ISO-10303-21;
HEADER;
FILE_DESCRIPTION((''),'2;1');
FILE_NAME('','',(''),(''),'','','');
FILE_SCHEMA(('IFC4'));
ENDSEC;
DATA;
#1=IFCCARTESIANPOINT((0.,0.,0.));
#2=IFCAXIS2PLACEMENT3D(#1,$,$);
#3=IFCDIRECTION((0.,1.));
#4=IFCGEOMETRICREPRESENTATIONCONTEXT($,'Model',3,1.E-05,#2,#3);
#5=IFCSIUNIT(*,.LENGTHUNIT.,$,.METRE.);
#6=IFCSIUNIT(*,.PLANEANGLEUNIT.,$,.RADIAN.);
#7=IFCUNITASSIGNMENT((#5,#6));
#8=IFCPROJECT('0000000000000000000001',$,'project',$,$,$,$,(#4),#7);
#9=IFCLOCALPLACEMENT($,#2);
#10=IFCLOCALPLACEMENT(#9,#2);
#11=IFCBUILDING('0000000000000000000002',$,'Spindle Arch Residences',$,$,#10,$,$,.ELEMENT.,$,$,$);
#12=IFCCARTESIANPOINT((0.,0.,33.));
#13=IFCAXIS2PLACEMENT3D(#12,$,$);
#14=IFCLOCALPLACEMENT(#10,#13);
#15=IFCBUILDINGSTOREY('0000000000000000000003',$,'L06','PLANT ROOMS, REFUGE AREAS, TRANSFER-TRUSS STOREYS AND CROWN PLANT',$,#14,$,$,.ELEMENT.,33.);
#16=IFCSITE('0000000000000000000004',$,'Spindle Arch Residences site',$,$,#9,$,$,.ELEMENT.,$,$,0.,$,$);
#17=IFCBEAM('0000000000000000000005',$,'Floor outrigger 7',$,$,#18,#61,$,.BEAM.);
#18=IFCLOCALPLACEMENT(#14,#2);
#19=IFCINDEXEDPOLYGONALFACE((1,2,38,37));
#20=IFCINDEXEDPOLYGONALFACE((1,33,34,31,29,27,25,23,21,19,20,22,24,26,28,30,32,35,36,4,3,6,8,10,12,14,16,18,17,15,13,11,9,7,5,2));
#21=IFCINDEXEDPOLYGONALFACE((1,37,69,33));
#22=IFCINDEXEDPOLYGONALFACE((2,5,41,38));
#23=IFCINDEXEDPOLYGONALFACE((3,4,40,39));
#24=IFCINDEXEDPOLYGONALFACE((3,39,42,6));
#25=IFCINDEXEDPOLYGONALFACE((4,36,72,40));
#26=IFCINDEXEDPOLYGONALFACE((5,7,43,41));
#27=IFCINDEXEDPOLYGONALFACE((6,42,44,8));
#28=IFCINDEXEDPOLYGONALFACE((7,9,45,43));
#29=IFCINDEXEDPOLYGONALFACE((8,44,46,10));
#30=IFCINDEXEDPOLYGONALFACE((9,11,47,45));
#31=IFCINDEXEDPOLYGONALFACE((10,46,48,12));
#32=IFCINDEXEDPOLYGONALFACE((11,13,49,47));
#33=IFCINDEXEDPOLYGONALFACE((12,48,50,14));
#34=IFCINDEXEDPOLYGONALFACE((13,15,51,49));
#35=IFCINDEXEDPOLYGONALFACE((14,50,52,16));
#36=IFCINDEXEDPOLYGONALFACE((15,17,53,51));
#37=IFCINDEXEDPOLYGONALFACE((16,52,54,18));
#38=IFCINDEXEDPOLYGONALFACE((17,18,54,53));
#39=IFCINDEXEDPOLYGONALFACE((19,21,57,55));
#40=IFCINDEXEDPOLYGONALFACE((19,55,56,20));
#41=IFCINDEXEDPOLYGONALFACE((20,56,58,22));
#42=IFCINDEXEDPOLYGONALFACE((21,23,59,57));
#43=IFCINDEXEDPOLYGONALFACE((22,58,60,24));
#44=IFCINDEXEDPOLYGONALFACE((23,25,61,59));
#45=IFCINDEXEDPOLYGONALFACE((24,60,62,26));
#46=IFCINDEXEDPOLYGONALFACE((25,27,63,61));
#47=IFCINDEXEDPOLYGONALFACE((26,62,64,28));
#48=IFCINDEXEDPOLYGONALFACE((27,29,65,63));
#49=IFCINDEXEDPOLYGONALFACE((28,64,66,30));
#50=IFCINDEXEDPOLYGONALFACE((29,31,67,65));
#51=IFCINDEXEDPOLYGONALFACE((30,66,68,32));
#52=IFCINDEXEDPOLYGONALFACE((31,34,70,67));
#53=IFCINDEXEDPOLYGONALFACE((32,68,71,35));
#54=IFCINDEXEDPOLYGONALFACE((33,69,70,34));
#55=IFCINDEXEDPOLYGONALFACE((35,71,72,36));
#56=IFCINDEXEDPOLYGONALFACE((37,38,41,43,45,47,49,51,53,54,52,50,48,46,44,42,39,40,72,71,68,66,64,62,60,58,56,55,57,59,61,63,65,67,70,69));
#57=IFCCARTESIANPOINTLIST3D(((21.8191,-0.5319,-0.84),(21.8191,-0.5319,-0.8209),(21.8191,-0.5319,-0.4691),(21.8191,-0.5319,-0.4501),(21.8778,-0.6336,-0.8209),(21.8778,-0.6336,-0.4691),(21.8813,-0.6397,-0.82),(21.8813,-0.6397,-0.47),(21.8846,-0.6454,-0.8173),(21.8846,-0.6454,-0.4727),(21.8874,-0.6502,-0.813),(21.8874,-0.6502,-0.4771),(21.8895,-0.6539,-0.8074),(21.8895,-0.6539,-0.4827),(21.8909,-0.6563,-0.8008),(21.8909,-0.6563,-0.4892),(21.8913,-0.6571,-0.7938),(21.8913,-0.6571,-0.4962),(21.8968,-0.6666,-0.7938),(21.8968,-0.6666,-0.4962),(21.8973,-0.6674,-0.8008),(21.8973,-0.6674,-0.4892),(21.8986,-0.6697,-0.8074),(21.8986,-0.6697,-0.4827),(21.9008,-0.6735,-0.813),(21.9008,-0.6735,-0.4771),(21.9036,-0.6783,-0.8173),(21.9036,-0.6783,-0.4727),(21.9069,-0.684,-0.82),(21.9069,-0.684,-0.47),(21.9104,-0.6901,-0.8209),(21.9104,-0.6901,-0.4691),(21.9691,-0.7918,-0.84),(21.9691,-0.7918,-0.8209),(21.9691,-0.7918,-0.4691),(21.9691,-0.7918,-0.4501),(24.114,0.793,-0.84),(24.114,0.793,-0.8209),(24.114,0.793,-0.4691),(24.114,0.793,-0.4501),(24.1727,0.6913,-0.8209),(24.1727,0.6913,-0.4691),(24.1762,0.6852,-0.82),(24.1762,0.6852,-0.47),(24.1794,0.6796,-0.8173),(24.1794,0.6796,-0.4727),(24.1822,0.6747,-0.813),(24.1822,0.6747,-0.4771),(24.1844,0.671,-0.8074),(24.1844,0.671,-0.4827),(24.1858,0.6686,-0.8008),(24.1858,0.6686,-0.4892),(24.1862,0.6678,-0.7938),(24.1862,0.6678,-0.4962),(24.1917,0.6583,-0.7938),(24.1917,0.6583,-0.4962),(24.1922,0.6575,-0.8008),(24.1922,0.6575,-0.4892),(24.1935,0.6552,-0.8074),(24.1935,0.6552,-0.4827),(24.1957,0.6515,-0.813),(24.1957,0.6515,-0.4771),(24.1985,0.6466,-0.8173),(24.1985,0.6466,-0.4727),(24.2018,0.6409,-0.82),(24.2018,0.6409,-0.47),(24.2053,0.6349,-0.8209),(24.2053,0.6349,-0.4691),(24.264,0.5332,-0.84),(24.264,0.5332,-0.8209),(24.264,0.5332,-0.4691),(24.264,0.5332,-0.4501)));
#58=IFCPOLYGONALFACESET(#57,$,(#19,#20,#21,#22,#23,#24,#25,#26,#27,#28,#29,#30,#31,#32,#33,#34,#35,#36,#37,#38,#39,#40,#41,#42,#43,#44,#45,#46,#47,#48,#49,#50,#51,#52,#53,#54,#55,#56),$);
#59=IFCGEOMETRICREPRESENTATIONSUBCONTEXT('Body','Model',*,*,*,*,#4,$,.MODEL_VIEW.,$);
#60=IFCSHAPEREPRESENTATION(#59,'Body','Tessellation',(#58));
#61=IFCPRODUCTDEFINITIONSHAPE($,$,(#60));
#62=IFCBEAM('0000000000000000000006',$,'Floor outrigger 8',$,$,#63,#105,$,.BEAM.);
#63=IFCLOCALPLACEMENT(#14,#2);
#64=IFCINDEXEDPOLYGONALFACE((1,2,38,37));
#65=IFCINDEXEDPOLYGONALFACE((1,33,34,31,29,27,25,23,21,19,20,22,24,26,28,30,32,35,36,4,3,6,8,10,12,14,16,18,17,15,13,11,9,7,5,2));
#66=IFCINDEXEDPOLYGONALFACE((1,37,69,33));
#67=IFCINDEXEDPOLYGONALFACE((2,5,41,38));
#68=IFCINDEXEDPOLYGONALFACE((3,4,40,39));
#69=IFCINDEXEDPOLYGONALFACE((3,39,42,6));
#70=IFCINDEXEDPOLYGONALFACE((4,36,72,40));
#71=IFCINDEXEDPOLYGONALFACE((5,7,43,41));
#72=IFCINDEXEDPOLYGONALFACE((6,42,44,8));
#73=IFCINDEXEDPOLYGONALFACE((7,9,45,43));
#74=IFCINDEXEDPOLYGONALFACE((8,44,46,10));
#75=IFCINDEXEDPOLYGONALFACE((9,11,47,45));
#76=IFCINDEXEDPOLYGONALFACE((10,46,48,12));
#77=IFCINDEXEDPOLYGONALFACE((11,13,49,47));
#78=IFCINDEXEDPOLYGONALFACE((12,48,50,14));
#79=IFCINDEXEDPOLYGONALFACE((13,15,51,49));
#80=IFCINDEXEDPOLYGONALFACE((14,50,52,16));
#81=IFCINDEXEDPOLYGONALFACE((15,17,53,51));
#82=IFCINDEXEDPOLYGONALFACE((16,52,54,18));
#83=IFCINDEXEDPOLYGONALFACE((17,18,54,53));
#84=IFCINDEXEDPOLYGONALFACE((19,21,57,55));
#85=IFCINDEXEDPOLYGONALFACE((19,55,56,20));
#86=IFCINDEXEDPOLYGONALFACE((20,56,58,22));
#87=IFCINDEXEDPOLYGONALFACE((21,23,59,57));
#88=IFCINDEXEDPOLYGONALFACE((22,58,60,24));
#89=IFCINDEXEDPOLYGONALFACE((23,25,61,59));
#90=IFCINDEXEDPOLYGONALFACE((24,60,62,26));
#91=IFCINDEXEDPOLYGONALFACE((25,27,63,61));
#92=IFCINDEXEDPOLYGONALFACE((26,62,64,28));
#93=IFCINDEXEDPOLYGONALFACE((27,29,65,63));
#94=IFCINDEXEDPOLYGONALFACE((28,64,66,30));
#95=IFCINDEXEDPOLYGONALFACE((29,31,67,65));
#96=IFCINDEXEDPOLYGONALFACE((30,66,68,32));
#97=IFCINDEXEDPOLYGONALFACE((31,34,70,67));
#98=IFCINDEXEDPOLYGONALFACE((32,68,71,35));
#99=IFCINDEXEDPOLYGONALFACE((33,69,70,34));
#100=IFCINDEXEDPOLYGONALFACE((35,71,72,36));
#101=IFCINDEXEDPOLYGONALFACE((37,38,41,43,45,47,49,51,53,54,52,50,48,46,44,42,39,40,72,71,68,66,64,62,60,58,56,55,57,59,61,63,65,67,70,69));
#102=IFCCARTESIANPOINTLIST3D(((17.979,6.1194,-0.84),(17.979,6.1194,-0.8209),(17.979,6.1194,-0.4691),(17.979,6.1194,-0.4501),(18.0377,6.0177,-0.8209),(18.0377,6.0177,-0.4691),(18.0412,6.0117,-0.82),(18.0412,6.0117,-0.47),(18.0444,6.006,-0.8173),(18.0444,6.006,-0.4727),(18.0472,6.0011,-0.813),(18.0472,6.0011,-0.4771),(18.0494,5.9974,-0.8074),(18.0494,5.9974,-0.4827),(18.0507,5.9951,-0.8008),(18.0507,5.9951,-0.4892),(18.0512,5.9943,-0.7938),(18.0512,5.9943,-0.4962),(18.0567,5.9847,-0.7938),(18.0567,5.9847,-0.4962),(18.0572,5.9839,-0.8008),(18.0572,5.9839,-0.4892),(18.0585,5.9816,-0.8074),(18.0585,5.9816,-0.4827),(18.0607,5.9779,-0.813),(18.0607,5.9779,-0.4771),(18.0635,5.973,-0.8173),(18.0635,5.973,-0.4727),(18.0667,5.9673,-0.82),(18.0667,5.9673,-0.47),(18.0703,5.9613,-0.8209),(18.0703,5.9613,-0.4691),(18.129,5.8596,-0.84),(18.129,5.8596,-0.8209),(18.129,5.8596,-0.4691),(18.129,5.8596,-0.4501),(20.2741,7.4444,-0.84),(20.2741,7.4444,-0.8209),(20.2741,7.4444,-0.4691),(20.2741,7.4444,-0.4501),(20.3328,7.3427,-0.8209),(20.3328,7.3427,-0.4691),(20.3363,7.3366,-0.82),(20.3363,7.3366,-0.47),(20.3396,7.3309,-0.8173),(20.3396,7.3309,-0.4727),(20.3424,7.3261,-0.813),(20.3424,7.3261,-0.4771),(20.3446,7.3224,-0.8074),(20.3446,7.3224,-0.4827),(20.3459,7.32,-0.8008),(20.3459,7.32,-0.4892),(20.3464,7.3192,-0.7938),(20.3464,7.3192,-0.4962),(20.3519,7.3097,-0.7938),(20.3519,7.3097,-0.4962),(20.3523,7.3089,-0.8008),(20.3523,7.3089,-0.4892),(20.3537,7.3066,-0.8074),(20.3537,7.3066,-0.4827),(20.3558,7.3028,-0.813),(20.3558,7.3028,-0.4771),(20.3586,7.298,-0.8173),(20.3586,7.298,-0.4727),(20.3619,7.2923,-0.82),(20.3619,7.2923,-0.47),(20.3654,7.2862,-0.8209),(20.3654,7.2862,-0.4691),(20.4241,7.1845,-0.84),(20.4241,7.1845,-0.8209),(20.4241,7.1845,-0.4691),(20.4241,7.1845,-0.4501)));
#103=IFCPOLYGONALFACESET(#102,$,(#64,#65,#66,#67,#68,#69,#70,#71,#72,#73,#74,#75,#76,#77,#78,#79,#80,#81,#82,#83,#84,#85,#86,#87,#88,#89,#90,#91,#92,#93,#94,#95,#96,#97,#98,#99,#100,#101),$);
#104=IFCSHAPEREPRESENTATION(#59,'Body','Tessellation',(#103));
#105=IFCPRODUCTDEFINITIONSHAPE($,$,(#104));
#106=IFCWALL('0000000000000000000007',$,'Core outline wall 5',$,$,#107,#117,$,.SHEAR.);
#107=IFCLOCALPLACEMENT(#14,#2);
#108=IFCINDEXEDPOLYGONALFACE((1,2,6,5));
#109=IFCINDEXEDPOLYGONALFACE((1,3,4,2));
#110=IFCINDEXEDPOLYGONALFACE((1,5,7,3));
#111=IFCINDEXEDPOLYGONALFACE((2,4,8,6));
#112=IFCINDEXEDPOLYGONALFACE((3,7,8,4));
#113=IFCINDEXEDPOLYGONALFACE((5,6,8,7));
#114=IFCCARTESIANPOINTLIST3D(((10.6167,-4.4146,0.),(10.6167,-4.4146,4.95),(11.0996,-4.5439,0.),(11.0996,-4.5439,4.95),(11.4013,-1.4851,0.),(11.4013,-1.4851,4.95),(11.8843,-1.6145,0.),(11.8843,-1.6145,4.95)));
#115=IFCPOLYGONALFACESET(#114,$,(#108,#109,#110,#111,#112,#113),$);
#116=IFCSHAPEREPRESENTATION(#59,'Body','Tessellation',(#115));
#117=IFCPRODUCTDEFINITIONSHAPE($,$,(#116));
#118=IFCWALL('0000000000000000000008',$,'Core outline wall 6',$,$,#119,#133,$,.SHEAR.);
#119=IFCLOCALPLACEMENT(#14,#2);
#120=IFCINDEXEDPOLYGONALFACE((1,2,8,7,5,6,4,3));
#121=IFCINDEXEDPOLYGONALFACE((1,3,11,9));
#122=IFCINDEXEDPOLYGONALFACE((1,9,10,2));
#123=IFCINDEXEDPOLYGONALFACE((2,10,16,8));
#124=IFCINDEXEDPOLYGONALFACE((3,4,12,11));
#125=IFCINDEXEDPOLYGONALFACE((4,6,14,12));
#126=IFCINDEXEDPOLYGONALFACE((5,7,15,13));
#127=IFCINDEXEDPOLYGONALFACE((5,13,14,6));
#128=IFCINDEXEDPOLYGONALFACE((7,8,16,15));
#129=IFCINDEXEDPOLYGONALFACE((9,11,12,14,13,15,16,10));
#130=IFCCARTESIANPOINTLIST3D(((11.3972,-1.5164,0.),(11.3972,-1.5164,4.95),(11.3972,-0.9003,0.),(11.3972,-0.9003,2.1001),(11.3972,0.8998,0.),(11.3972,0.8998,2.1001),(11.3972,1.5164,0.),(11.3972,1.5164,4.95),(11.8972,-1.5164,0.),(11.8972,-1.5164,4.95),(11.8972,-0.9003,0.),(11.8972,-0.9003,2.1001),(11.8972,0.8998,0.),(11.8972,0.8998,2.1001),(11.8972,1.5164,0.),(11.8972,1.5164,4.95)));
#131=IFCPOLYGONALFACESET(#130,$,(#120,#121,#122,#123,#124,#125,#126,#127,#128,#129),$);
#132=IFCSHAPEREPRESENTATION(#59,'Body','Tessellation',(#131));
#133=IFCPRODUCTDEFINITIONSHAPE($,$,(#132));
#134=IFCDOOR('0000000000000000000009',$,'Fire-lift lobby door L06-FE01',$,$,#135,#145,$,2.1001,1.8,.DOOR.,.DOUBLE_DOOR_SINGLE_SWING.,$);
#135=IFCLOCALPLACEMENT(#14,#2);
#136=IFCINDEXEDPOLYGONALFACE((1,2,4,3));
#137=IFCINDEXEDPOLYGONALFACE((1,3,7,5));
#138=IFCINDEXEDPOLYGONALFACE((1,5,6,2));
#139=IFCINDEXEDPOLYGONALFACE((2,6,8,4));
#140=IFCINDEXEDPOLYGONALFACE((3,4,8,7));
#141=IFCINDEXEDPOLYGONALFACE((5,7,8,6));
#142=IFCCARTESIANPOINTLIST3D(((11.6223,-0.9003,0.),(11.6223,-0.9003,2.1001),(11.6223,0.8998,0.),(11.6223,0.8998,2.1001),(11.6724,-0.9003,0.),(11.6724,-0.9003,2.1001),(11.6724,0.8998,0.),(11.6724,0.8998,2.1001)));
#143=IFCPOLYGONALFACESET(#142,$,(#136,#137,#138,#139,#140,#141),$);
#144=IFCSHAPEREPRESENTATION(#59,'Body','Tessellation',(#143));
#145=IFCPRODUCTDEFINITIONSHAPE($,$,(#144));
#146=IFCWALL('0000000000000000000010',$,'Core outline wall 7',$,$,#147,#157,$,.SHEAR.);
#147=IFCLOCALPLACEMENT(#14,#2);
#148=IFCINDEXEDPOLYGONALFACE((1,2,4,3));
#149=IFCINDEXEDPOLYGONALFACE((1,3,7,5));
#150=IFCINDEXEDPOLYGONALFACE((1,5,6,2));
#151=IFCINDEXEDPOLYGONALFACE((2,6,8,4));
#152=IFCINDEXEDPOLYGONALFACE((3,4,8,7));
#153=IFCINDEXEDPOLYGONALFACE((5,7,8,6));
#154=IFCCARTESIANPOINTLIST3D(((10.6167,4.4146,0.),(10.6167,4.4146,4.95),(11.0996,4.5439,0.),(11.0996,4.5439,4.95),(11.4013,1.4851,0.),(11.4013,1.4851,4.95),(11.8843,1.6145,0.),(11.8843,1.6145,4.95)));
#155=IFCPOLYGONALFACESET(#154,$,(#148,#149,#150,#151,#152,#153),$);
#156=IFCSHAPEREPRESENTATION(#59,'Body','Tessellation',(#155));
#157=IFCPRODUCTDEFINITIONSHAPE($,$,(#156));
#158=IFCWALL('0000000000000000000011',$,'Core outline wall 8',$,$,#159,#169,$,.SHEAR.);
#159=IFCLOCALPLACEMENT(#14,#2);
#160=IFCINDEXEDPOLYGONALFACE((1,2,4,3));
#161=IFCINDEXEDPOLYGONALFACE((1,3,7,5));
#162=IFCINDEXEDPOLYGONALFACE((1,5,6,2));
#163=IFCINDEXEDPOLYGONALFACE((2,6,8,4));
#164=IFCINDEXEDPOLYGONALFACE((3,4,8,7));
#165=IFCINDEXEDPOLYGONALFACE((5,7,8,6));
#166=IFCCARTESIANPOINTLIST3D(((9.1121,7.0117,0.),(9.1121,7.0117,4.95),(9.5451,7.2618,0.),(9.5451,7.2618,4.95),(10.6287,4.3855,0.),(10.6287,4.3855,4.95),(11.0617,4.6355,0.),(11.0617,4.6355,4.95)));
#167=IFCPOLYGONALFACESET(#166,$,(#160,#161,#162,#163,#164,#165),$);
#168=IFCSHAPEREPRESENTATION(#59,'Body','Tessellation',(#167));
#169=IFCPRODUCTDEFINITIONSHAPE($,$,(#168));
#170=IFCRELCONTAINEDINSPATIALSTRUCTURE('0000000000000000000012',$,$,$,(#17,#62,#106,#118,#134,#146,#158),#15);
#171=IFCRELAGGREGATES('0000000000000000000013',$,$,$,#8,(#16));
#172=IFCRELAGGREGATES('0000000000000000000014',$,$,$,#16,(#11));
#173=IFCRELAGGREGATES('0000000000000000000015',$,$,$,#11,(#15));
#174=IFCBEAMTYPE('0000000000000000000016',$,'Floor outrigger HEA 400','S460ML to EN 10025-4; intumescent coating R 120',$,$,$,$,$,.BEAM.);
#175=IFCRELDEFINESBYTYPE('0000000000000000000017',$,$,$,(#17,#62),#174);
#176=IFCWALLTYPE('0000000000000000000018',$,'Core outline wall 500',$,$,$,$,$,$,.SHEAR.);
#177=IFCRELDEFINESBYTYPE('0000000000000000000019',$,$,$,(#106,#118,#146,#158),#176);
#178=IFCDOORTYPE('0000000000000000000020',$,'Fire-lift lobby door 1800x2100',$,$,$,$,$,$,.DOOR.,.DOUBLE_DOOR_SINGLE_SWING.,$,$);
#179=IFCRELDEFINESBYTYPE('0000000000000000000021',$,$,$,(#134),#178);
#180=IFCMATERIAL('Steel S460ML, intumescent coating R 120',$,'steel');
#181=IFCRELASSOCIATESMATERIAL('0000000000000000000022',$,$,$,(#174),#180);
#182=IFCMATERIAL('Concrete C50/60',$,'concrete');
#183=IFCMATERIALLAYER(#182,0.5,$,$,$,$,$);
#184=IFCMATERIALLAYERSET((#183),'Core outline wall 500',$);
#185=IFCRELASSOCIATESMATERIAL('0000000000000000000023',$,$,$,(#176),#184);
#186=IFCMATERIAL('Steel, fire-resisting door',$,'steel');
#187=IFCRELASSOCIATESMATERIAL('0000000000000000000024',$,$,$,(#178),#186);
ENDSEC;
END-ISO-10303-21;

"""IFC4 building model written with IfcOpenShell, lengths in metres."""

from ifc_helpers import new_model, si_unit, direction, frame, frame_2d, origin, origin_2d, place, context, subcontext, project, spatial, rectangle, i_section, extrude, material, layer, layer_set, material_profile, profile_set, type_object, element, fill, save


model = new_model("IFC4")

# Units and contexts
model_context = context("Model", 3, precision=1e-05, world=origin(), true_north=direction((0.0, 1.0)))
body_context = subcontext(model_context, "Body", "Model", "MODEL_VIEW")
ifc_project = project(units=[si_unit("LENGTHUNIT", "METRE"), si_unit("PLANEANGLEUNIT", "RADIAN")], contexts=[model_context])

# Site, building, storey
site_placement = place(None, origin())
site = spatial("IfcSite", under=ifc_project, at=site_placement, Name="Spindle Arch Residences site", CompositionType="ELEMENT", RefElevation=0.0)
building_placement = place(site_placement, origin())
building = spatial("IfcBuilding", under=site, at=building_placement, Name="Spindle Arch Residences", CompositionType="ELEMENT")
storey_placement = place(building_placement, frame((0.0, 0.0, 33.0)))
storey = spatial("IfcBuildingStorey", under=building, at=storey_placement, Name="L06", Description="PLANT ROOMS, REFUGE AREAS, TRANSFER-TRUSS STOREYS AND CROWN PLANT", CompositionType="ELEMENT", Elevation=33.0)

# Beams
ifc_material_1 = material(Name="Steel S460ML, intumescent coating R 120", Category="steel")
ifc_material_profile_1 = material_profile(ifc_material_1, i_section(OverallWidth=0.3, OverallDepth=0.3899, WebThickness=0.011, FlangeThickness=0.019, FilletRadius=0.0271, at=origin_2d()), Name="HEA 400")
ifc_profile_set_1 = profile_set([ifc_material_profile_1], Name="Steel S460ML, intumescent coating R 120")
beam_type_1 = type_object("IfcBeamType", Name="Floor outrigger HEA 400", Description="S460ML to EN 10025-4; intumescent coating R 120", PredefinedType="BEAM", material=ifc_profile_set_1)
beam_1_placement = place(storey_placement, frame((24.189, 0.6631, -0.645), z_axis=(-0.866029, -0.499994, 0.0), x_axis=(0.499994, -0.866029, 0.0)))
element("IfcBeam", 1, at=beam_1_placement, inside=storey, type_object=beam_type_1, Name="Floor outrigger 7", PredefinedType="BEAM", context=body_context, shape_type="SweptSolid", body=[
    extrude(i_section(OverallWidth=0.3, OverallDepth=0.3899, WebThickness=0.011, FlangeThickness=0.019, FilletRadius=0.0271, at=origin_2d()), origin(), (0.0, 0.0, 1.0), 2.6499),
])
beam_2_placement = place(storey_placement, frame((20.3491, 7.3145, -0.645), z_axis=(-0.866052, -0.499954, 0.0), x_axis=(0.499954, -0.866052, 0.0)))
element("IfcBeam", 2, at=beam_2_placement, inside=storey, type_object=beam_type_1, Name="Floor outrigger 8", PredefinedType="BEAM", context=body_context, shape_type="SweptSolid", body=[
    extrude(i_section(OverallWidth=0.3, OverallDepth=0.3899, WebThickness=0.011, FlangeThickness=0.019, FilletRadius=0.0271, at=origin_2d()), origin(), (0.0, 0.0, 1.0), 2.6501),
])

# Wall
ifc_material_2 = material(Name="Concrete C50/60", Category="concrete")
ifc_layer_1 = layer(ifc_material_2, 0.5)
ifc_layer_set_1 = layer_set([ifc_layer_1], Name="Core outline wall 500")
wall_type_1 = type_object("IfcWallType", Name="Core outline wall 500", PredefinedType="SHEAR", material=ifc_layer_set_1)
wall_1_placement = place(storey_placement, frame((10.8582, -4.4792, 0.0), z_axis=(0.0, 0.0, 1.0), x_axis=(0.258735, 0.965948, 0.0)))
element("IfcWall", 3, at=wall_1_placement, inside=storey, type_object=wall_type_1, Name="Core outline wall 5", PredefinedType="SHEAR", context=body_context, shape_type="SweptSolid", body=[
    extrude(rectangle(XDim=3.0327, YDim=0.5, at=frame_2d((1.5164, 0.0))), origin(), (0.0, 0.0, 1.0), 4.95),
])

# Wall, opening, door
wall_2_placement = place(storey_placement, frame((11.6472, -1.5164, 0.0), z_axis=(0.0, 0.0, 1.0), x_axis=(0.0, 1.0, 0.0)))
wall_2 = element("IfcWall", 4, at=wall_2_placement, inside=storey, type_object=wall_type_1, Name="Core outline wall 6", PredefinedType="SHEAR", context=body_context, shape_type="SweptSolid", body=[
    extrude(rectangle(XDim=3.0327, YDim=0.5, at=frame_2d((1.5164, 0.0))), origin(), (0.0, 0.0, 1.0), 4.95),
])
opening_1_placement = place(wall_2_placement, frame((0.6162, 0.0, 0.0)))
opening_1 = element("IfcOpeningElement", 5, at=opening_1_placement, cuts=wall_2, PredefinedType="OPENING", context=body_context, shape_type="SweptSolid", body=[
    extrude(rectangle(XDim=1.8, YDim=2.1001, at=frame_2d((0.8999, 1.05))), frame((0.0, 0.26, 0.0), z_axis=(0.0, -1.0, 0.0), x_axis=(1.0, 0.0, 0.0)), (0.0, 0.0, 1.0), 0.52),
])
ifc_material_3 = material(Name="Steel, fire-resisting door", Category="steel")
door_type_1 = type_object("IfcDoorType", Name="Fire-lift lobby door 1800x2100", OperationType="DOUBLE_DOOR_SINGLE_SWING", PredefinedType="DOOR", material=ifc_material_3)
door_1_placement = place(opening_1_placement, origin())
door_1 = element("IfcDoor", 6, at=door_1_placement, inside=storey, type_object=door_type_1, Name="Fire-lift lobby door L06-FE01", OperationType="DOUBLE_DOOR_SINGLE_SWING", OverallHeight=2.1001, OverallWidth=1.8, PredefinedType="DOOR", context=body_context, shape_type="SweptSolid", body=[
    extrude(rectangle(XDim=1.8, YDim=2.1001, at=frame_2d((0.8999, 1.05))), frame((0.0, 0.0249, 0.0), z_axis=(0.0, -1.0, 0.0), x_axis=(1.0, 0.0, 0.0)), (0.0, 0.0, 1.0), 0.05),
])
fill(opening_1, door_1)

# Walls
for number, where, z_axis, x_axis, name in (
    (7, (11.6428, 1.5498, 0.0), (0.0, 0.0, 1.0), (-0.258735, 0.965948, 0.0), "Core outline wall 7"),
    (8, (10.8452, 4.5105, 0.0), (0.0, 0.0, 1.0), (-0.500087, 0.865975, 0.0), "Core outline wall 8"),
):
    element("IfcWall", number, at=place(storey_placement, frame(where, z_axis=z_axis, x_axis=x_axis)), inside=storey, type_object=wall_type_1, Name=name, PredefinedType="SHEAR", context=body_context, shape_type="SweptSolid", body=[
        extrude(rectangle(XDim=3.0327, YDim=0.5, at=frame_2d((1.5164, 0.0))), origin(), (0.0, 0.0, 1.0), 4.95),
    ])

save(model, "model.ifc")
